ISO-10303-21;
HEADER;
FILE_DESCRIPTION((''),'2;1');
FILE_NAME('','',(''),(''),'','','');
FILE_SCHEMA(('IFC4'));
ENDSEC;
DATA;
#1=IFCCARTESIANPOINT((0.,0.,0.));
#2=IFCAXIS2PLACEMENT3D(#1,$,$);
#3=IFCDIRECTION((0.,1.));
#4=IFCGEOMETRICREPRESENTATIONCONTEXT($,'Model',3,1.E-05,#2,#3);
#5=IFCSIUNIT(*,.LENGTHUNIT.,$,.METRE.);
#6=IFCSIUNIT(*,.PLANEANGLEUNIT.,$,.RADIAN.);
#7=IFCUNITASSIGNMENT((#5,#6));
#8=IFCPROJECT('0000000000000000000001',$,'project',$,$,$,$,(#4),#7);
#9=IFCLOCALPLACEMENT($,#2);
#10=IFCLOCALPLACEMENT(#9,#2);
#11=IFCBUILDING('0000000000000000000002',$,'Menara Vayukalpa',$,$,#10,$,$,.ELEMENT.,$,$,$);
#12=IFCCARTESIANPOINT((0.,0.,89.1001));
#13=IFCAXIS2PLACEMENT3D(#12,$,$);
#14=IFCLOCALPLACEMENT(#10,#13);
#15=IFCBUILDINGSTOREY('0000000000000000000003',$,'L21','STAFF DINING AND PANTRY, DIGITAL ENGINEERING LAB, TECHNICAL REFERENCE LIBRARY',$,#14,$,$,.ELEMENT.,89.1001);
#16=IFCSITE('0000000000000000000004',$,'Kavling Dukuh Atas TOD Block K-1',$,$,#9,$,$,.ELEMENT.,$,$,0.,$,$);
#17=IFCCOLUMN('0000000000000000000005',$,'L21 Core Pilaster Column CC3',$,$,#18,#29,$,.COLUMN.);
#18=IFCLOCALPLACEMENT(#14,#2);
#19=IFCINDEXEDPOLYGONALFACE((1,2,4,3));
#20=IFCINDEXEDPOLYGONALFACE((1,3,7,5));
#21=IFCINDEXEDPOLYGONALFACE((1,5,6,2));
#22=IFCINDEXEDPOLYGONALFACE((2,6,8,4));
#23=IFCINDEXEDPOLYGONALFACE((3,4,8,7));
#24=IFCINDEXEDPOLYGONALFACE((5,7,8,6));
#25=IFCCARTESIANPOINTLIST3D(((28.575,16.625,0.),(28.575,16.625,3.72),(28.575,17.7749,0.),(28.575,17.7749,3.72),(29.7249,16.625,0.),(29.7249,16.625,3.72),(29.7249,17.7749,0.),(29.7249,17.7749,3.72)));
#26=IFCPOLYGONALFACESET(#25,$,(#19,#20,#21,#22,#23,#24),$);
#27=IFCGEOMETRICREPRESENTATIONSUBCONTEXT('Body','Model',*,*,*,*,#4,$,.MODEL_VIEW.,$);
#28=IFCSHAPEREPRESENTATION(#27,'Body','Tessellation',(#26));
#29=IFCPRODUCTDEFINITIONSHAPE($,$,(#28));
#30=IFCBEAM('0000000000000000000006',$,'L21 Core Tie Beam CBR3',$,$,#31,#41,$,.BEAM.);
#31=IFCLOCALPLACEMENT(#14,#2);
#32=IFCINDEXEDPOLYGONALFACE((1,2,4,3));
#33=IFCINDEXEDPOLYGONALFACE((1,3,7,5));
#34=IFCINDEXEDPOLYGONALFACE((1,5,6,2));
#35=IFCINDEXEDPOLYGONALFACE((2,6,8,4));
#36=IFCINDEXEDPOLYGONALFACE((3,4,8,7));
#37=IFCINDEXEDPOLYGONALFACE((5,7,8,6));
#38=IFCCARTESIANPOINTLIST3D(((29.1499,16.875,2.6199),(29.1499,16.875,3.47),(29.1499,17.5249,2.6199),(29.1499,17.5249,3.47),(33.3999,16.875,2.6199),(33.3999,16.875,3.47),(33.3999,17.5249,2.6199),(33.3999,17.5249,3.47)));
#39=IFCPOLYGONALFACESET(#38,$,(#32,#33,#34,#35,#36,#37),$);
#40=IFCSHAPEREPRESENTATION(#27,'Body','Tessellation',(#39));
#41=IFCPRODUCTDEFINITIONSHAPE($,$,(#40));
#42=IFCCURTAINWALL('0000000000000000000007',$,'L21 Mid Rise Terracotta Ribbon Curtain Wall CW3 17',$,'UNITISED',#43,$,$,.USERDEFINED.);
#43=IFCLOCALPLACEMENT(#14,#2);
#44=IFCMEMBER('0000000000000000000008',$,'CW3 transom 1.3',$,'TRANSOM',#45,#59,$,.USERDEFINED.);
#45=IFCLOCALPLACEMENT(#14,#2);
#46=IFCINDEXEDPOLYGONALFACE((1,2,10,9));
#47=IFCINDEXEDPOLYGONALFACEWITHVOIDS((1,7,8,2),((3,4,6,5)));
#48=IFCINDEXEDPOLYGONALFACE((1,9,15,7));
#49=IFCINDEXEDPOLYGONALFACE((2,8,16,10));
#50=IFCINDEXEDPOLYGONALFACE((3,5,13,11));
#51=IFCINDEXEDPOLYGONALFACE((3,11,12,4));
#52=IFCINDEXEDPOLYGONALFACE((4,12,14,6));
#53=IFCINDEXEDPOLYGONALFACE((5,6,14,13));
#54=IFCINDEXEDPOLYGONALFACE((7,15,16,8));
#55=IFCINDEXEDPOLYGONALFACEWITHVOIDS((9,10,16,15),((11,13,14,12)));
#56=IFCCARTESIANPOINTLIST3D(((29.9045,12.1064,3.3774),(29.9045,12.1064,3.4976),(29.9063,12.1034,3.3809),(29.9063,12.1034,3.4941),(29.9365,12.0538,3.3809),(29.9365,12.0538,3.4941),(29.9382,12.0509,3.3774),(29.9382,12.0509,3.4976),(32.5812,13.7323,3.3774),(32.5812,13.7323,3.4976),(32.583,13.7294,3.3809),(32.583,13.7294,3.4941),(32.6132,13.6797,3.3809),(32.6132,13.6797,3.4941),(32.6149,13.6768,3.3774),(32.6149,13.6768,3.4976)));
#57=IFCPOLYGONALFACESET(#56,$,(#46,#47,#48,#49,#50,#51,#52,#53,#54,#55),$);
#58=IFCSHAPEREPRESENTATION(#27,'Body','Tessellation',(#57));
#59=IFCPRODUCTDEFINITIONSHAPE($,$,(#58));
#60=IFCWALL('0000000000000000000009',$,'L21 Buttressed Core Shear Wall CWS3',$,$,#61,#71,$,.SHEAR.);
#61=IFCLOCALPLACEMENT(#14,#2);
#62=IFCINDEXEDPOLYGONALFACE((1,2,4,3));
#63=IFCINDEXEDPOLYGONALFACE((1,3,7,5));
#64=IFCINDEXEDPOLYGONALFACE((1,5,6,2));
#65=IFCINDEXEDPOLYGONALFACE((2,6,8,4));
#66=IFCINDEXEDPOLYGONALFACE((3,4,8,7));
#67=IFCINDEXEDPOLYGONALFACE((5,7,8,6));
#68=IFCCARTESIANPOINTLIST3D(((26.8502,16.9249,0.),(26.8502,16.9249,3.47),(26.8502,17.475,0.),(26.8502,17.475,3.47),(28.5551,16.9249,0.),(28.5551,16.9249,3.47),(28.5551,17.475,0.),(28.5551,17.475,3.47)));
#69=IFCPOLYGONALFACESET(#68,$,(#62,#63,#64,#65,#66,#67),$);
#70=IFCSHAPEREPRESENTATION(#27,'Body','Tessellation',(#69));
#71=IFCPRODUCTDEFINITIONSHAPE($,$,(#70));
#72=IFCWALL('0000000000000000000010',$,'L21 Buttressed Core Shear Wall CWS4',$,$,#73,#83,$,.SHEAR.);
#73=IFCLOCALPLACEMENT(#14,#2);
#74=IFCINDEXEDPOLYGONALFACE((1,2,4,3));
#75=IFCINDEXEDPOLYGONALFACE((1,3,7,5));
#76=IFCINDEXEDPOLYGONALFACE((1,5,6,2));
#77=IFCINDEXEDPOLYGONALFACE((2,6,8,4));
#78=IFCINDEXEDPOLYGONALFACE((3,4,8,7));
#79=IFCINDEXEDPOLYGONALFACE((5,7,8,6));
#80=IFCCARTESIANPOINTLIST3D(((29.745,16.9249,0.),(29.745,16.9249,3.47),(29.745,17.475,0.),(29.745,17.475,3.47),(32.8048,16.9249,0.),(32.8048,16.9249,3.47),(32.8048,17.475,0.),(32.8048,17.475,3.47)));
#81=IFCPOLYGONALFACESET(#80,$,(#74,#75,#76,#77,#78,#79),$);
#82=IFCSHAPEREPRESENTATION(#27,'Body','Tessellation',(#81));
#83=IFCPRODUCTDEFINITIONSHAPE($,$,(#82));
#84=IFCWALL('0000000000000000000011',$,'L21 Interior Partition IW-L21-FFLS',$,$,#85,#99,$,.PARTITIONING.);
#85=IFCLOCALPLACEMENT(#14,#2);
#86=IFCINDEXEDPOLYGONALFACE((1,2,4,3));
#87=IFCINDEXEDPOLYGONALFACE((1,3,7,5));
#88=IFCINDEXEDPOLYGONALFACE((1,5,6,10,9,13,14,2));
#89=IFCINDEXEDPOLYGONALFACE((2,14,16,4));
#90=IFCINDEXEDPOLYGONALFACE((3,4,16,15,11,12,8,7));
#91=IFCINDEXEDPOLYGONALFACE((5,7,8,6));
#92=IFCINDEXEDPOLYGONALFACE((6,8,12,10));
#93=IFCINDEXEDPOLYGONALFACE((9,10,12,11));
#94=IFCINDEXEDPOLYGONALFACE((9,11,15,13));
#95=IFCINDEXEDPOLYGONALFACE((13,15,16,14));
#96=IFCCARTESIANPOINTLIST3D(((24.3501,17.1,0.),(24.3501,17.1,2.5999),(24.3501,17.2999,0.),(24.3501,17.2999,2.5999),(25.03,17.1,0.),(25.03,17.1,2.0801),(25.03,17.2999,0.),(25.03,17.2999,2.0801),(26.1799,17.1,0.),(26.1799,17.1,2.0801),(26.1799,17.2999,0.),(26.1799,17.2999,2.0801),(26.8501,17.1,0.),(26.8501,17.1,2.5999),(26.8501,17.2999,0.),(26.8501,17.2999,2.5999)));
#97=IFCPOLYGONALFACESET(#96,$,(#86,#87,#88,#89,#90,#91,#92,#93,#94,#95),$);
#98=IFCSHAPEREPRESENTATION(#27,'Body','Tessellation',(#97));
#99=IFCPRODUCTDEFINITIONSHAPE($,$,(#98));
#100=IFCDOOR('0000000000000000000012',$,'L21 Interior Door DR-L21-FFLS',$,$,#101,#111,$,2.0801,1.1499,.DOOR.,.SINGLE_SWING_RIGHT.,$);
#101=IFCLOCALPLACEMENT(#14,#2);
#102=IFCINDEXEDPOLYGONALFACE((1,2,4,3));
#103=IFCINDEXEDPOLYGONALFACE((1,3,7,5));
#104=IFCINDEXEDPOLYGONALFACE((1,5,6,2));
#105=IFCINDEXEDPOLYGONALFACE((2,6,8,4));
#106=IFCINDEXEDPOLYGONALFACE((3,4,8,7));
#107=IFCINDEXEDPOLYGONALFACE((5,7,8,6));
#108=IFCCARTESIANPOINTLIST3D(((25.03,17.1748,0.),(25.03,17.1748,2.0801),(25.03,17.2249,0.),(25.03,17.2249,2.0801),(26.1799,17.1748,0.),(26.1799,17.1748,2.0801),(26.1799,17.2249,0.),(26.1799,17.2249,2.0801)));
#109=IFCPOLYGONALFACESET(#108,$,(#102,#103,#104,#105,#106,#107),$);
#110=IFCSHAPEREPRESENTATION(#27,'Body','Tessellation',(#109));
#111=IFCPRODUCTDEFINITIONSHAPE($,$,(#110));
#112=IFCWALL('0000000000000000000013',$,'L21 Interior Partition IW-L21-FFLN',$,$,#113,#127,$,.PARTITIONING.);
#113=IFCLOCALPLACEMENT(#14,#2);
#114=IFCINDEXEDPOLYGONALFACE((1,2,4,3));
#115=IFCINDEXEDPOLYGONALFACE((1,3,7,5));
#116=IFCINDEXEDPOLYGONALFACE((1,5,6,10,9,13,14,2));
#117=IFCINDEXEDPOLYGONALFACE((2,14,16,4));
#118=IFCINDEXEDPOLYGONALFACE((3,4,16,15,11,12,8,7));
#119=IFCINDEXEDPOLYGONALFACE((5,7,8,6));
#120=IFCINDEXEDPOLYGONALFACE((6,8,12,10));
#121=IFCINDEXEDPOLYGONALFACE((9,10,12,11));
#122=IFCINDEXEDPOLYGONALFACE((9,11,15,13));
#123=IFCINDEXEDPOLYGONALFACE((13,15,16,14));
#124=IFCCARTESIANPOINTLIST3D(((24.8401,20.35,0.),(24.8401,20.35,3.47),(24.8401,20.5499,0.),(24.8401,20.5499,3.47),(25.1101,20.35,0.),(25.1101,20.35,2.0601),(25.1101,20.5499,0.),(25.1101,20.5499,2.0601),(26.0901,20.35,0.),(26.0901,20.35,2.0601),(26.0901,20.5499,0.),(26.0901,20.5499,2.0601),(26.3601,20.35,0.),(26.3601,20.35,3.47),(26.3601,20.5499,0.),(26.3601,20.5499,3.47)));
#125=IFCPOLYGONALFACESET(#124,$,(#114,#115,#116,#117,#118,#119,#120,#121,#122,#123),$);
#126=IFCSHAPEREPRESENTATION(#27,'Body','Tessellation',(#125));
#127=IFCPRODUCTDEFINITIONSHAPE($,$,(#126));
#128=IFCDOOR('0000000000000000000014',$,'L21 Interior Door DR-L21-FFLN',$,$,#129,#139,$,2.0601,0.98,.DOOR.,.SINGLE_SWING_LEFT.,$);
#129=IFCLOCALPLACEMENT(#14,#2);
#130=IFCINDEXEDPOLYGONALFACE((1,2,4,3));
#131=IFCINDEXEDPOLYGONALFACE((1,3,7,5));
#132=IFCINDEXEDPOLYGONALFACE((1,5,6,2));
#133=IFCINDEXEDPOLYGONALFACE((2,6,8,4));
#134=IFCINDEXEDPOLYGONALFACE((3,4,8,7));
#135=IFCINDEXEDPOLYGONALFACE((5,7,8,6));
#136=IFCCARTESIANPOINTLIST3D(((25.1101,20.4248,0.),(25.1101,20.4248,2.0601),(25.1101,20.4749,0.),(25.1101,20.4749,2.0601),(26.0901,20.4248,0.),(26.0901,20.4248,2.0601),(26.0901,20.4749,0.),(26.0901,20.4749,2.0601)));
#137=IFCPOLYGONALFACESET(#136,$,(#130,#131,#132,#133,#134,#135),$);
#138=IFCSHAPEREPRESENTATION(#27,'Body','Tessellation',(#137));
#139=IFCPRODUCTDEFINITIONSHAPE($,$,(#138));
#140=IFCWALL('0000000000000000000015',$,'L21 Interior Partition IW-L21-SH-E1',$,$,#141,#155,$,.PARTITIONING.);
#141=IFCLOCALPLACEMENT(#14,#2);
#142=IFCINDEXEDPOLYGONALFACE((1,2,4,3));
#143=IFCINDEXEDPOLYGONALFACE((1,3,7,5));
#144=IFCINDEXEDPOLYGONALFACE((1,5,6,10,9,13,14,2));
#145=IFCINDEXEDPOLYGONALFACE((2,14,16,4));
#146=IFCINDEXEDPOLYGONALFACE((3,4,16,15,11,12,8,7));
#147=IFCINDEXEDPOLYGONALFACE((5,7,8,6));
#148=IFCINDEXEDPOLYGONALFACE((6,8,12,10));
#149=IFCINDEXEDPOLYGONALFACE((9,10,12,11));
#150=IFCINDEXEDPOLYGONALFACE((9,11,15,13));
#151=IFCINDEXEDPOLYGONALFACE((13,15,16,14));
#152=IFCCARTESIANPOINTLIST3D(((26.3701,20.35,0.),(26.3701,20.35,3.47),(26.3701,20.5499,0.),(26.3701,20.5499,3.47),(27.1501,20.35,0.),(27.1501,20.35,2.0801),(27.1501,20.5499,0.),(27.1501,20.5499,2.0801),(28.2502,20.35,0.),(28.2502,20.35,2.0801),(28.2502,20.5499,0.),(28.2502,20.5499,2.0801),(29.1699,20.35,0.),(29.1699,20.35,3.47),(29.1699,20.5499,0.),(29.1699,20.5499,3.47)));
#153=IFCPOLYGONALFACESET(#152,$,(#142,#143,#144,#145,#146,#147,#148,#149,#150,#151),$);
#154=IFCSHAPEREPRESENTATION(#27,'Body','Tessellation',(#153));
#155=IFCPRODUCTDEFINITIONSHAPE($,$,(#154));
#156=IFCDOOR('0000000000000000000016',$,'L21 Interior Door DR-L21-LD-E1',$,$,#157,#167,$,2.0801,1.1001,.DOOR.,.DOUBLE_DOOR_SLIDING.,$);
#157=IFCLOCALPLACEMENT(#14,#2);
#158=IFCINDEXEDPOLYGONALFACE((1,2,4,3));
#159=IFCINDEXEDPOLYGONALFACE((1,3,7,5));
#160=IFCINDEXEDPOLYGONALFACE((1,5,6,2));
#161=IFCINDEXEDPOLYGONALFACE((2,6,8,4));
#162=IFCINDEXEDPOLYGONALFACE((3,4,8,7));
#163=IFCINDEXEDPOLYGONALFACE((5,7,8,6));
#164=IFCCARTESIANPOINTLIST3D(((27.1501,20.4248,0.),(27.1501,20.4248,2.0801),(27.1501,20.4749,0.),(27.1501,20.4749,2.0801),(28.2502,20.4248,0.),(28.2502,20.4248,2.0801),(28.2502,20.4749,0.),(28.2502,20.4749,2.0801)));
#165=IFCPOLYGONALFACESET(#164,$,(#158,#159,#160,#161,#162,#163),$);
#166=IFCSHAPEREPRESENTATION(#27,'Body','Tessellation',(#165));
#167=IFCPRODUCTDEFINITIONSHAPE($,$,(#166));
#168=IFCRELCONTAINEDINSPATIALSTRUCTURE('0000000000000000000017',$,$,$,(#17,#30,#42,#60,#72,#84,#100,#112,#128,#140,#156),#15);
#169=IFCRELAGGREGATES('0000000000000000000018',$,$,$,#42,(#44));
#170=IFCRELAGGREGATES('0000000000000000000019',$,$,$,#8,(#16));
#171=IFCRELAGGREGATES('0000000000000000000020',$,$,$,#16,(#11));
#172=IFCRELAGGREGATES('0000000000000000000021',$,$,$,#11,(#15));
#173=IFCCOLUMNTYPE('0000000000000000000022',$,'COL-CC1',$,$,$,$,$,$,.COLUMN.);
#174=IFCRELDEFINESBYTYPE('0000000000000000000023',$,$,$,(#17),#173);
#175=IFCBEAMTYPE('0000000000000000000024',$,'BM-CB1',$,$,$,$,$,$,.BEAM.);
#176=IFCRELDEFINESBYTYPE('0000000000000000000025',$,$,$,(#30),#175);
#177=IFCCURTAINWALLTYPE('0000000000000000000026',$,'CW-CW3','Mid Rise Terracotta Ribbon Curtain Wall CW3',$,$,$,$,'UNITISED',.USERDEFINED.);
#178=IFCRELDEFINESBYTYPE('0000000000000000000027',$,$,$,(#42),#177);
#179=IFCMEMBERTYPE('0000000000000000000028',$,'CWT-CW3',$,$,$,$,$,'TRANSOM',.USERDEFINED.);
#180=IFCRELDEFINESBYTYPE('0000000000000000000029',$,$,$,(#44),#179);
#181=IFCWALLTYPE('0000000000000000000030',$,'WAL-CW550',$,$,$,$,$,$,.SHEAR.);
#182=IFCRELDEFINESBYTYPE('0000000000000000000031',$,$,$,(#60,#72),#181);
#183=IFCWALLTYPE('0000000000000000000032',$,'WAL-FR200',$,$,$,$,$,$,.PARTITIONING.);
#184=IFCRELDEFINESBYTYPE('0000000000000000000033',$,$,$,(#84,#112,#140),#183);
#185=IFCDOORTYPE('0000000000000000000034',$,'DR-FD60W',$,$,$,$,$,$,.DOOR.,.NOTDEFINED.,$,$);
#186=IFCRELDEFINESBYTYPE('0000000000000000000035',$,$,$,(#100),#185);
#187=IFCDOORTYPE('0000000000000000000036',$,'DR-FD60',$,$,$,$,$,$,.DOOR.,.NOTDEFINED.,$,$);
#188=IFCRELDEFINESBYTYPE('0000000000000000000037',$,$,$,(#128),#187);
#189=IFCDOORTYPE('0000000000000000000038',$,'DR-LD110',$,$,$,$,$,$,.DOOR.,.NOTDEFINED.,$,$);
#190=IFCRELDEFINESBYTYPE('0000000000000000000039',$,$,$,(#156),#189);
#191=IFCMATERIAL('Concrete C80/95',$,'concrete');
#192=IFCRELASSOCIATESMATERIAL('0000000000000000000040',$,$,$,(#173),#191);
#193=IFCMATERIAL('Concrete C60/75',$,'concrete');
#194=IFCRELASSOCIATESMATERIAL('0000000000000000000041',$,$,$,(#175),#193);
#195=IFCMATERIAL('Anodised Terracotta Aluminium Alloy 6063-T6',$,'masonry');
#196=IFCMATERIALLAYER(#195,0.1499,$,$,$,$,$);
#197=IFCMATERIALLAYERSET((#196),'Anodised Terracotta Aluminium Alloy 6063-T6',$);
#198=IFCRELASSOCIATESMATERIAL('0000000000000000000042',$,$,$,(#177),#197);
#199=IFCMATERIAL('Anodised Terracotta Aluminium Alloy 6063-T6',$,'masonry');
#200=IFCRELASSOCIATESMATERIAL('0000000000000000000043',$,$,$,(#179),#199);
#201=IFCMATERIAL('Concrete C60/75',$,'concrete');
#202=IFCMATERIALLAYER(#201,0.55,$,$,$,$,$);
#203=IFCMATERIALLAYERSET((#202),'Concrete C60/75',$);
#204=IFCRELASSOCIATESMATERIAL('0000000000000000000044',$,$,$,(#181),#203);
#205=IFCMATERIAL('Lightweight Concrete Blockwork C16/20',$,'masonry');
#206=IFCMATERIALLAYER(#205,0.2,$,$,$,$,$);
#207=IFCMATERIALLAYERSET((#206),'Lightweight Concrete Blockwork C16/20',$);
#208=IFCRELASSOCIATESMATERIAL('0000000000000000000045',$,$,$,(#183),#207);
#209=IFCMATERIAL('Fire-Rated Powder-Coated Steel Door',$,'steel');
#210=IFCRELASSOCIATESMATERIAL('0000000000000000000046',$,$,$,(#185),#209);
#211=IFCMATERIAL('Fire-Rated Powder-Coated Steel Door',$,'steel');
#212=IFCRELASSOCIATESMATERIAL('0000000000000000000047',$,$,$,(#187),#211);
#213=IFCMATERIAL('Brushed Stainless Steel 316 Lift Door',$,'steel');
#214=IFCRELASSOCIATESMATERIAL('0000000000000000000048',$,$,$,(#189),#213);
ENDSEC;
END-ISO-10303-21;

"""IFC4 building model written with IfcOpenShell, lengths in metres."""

from ifc_helpers import new_model, si_unit, direction, frame, frame_2d, origin, origin_2d, place, context, subcontext, project, spatial, rectangle, hollow_rectangle, extrude, material, layer, layer_set, material_profile, profile_set, type_object, element, fill, aggregate, save


model = new_model("IFC4")

# Units and contexts
model_context = context("Model", 3, precision=1e-05, world=origin(), true_north=direction((0.0, 1.0)))
body_context = subcontext(model_context, "Body", "Model", "MODEL_VIEW")
ifc_project = project(units=[si_unit("LENGTHUNIT", "METRE"), si_unit("PLANEANGLEUNIT", "RADIAN")], contexts=[model_context])

# Site, building, storey
site_placement = place(None, origin())
site = spatial("IfcSite", under=ifc_project, at=site_placement, Name="Kavling Dukuh Atas TOD Block K-1", CompositionType="ELEMENT", RefElevation=0.0)
building_placement = place(site_placement, origin())
building = spatial("IfcBuilding", under=site, at=building_placement, Name="Menara Vayukalpa", CompositionType="ELEMENT")
storey_placement = place(building_placement, frame((0.0, 0.0, 89.1001)))
storey = spatial("IfcBuildingStorey", under=building, at=storey_placement, Name="L21", Description="STAFF DINING AND PANTRY, DIGITAL ENGINEERING LAB, TECHNICAL REFERENCE LIBRARY", CompositionType="ELEMENT", Elevation=89.1001)

# Column
ifc_material_1 = material(Name="Concrete C80/95", Category="concrete")
ifc_material_profile_1 = material_profile(ifc_material_1, rectangle(XDim=1.1499, YDim=1.1499, at=origin_2d()), Name="RC 1150x1150")
ifc_profile_set_1 = profile_set([ifc_material_profile_1], Name="Concrete C80/95")
column_type = type_object("IfcColumnType", Name="COL-CC1", PredefinedType="COLUMN", material=ifc_profile_set_1)
column_placement = place(storey_placement, frame((29.1499, 17.2, 0.0), z_axis=(0.0, 0.0, 1.0), x_axis=(1.0, 0.0, 0.0)))
element("IfcColumn", 1, at=column_placement, inside=storey, type_object=column_type, Name="L21 Core Pilaster Column CC3", PredefinedType="COLUMN", context=body_context, shape_type="SweptSolid", body=[
    extrude(rectangle(XDim=1.1499, YDim=1.1499, at=origin_2d()), origin(), (0.0, 0.0, 1.0), 3.72),
])

# Beam
ifc_material_2 = material(Name="Concrete C60/75", Category="concrete")
ifc_material_profile_2 = material_profile(ifc_material_2, rectangle(XDim=0.6499, YDim=0.8501, at=origin_2d()), Name="RC 650x850")
ifc_profile_set_2 = profile_set([ifc_material_profile_2], Name="Concrete C60/75")
beam_type = type_object("IfcBeamType", Name="BM-CB1", PredefinedType="BEAM", material=ifc_profile_set_2)
beam_placement = place(storey_placement, frame((29.1499, 17.2, 3.0449), z_axis=(1.0, 0.0, 0.0), x_axis=(0.0, 1.0, 0.0)))
element("IfcBeam", 2, at=beam_placement, inside=storey, type_object=beam_type, Name="L21 Core Tie Beam CBR3", PredefinedType="BEAM", context=body_context, shape_type="SweptSolid", body=[
    extrude(rectangle(XDim=0.6499, YDim=0.8501, at=origin_2d()), origin(), (0.0, 0.0, 1.0), 4.25),
])

# Curtain wall, member
ifc_material_3 = material(Name="Anodised Terracotta Aluminium Alloy 6063-T6", Category="masonry")
ifc_layer_1 = layer(ifc_material_3, 0.1499)
ifc_layer_set_1 = layer_set([ifc_layer_1], Name="Anodised Terracotta Aluminium Alloy 6063-T6")
curtain_wall_type = type_object("IfcCurtainWallType", Name="CW-CW3", Description="Mid Rise Terracotta Ribbon Curtain Wall CW3", ElementType="UNITISED", PredefinedType="USERDEFINED", material=ifc_layer_set_1)
curtain_wall_placement = place(storey_placement, origin())
curtain_wall = element("IfcCurtainWall", 3, at=curtain_wall_placement, inside=storey, type_object=curtain_wall_type, Name="L21 Mid Rise Terracotta Ribbon Curtain Wall CW3 17", ObjectType="UNITISED", PredefinedType="USERDEFINED")
ifc_material_4 = material(Name="Anodised Terracotta Aluminium Alloy 6063-T6", Category="masonry")
ifc_material_profile_3 = material_profile(ifc_material_4, hollow_rectangle(XDim=0.0649, YDim=0.1201, WallThickness=0.0034, at=origin_2d()), Name="ALU 65x120x3.5")
ifc_profile_set_3 = profile_set([ifc_material_profile_3], Name="Anodised Terracotta Aluminium Alloy 6063-T6")
member_type = type_object("IfcMemberType", Name="CWT-CW3", ElementType="TRANSOM", PredefinedType="USERDEFINED", material=ifc_profile_set_3)
member_placement = place(storey_placement, frame((29.9214, 12.0786, 3.4375), z_axis=(0.854674, 0.519165, 0.0), x_axis=(-0.519165, 0.854674, 0.0)))
member = element("IfcMember", 4, at=member_placement, type_object=member_type, Name="CW3 transom 1.3", ObjectType="TRANSOM", PredefinedType="USERDEFINED", context=body_context, shape_type="SweptSolid", body=[
    extrude(hollow_rectangle(XDim=0.0649, YDim=0.1201, WallThickness=0.0034, at=origin_2d()), origin(), (0.0, 0.0, 1.0), 3.1318),
])
aggregate(curtain_wall, [member])

# Walls
ifc_material_5 = material(Name="Concrete C60/75", Category="concrete")
ifc_layer_2 = layer(ifc_material_5, 0.55)
ifc_layer_set_2 = layer_set([ifc_layer_2], Name="Concrete C60/75")
wall_type_1 = type_object("IfcWallType", Name="WAL-CW550", PredefinedType="SHEAR", material=ifc_layer_set_2)
wall_1_placement = place(storey_placement, frame((26.8501, 17.2, 0.0), z_axis=(0.0, 0.0, 1.0), x_axis=(1.0, 0.0, 0.0)))
element("IfcWall", 5, at=wall_1_placement, inside=storey, type_object=wall_type_1, Name="L21 Buttressed Core Shear Wall CWS3", PredefinedType="SHEAR", context=body_context, shape_type="SweptSolid", body=[
    extrude(rectangle(XDim=1.7048, YDim=0.55, at=frame_2d((0.8525, 0.0))), origin(), (0.0, 0.0, 1.0), 3.47),
])
wall_2_placement = place(storey_placement, frame((29.7451, 17.2, 0.0), z_axis=(0.0, 0.0, 1.0), x_axis=(1.0, 0.0, 0.0)))
element("IfcWall", 6, at=wall_2_placement, inside=storey, type_object=wall_type_1, Name="L21 Buttressed Core Shear Wall CWS4", PredefinedType="SHEAR", context=body_context, shape_type="SweptSolid", body=[
    extrude(rectangle(XDim=3.0598, YDim=0.55, at=frame_2d((1.5298, 0.0))), origin(), (0.0, 0.0, 1.0), 3.47),
])

# Walls, openings, doors
ifc_material_6 = material(Name="Lightweight Concrete Blockwork C16/20", Category="masonry")
ifc_layer_3 = layer(ifc_material_6, 0.2)
ifc_layer_set_3 = layer_set([ifc_layer_3], Name="Lightweight Concrete Blockwork C16/20")
wall_type_2 = type_object("IfcWallType", Name="WAL-FR200", PredefinedType="PARTITIONING", material=ifc_layer_set_3)
wall_3_placement = place(storey_placement, frame((24.3501, 17.2, 0.0), z_axis=(0.0, 0.0, 1.0), x_axis=(1.0, 0.0, 0.0)))
wall_3 = element("IfcWall", 7, at=wall_3_placement, inside=storey, type_object=wall_type_2, Name="L21 Interior Partition IW-L21-FFLS", PredefinedType="PARTITIONING", context=body_context, shape_type="SweptSolid", body=[
    extrude(rectangle(XDim=2.5, YDim=0.2, at=frame_2d((1.25, 0.0))), origin(), (0.0, 0.0, 1.0), 2.5999),
])
opening_1_placement = place(wall_3_placement, frame((0.6799, 0.0, 0.0)))
opening_1 = element("IfcOpeningElement", 8, at=opening_1_placement, cuts=wall_3, PredefinedType="OPENING", context=body_context, shape_type="SweptSolid", body=[
    extrude(rectangle(XDim=1.1499, YDim=2.0801, at=frame_2d((0.575, 1.04))), frame((0.0, 0.1099, 0.0), z_axis=(0.0, -1.0, 0.0), x_axis=(1.0, 0.0, 0.0)), (0.0, 0.0, 1.0), 0.22),
])
ifc_material_7 = material(Name="Fire-Rated Powder-Coated Steel Door", Category="steel")
door_type_1 = type_object("IfcDoorType", Name="DR-FD60W", OperationType="NOTDEFINED", PredefinedType="DOOR", material=ifc_material_7)
door_1_placement = place(opening_1_placement, origin())
door_1 = element("IfcDoor", 9, at=door_1_placement, inside=storey, type_object=door_type_1, Name="L21 Interior Door DR-L21-FFLS", OperationType="SINGLE_SWING_RIGHT", OverallHeight=2.0801, OverallWidth=1.1499, PredefinedType="DOOR", context=body_context, shape_type="SweptSolid", body=[
    extrude(rectangle(XDim=1.1499, YDim=2.0801, at=frame_2d((0.575, 1.04))), frame((0.0, 0.0249, 0.0), z_axis=(0.0, -1.0, 0.0), x_axis=(1.0, 0.0, 0.0)), (0.0, 0.0, 1.0), 0.05),
])
fill(opening_1, door_1)
wall_4_placement = place(storey_placement, frame((24.8401, 20.45, 0.0), z_axis=(0.0, 0.0, 1.0), x_axis=(1.0, 0.0, 0.0)))
wall_4 = element("IfcWall", 10, at=wall_4_placement, inside=storey, type_object=wall_type_2, Name="L21 Interior Partition IW-L21-FFLN", PredefinedType="PARTITIONING", context=body_context, shape_type="SweptSolid", body=[
    extrude(rectangle(XDim=1.52, YDim=0.2, at=frame_2d((0.76, 0.0))), origin(), (0.0, 0.0, 1.0), 3.47),
])
opening_2_placement = place(wall_4_placement, frame((0.27, 0.0, 0.0)))
opening_2 = element("IfcOpeningElement", 11, at=opening_2_placement, cuts=wall_4, PredefinedType="OPENING", context=body_context, shape_type="SweptSolid", body=[
    extrude(rectangle(XDim=0.98, YDim=2.0601, at=frame_2d((0.49, 1.03))), frame((0.0, 0.1099, 0.0), z_axis=(0.0, -1.0, 0.0), x_axis=(1.0, 0.0, 0.0)), (0.0, 0.0, 1.0), 0.22),
])
ifc_material_8 = material(Name="Fire-Rated Powder-Coated Steel Door", Category="steel")
door_type_2 = type_object("IfcDoorType", Name="DR-FD60", OperationType="NOTDEFINED", PredefinedType="DOOR", material=ifc_material_8)
door_2_placement = place(opening_2_placement, origin())
door_2 = element("IfcDoor", 12, at=door_2_placement, inside=storey, type_object=door_type_2, Name="L21 Interior Door DR-L21-FFLN", OperationType="SINGLE_SWING_LEFT", OverallHeight=2.0601, OverallWidth=0.98, PredefinedType="DOOR", context=body_context, shape_type="SweptSolid", body=[
    extrude(rectangle(XDim=0.98, YDim=2.0601, at=frame_2d((0.49, 1.03))), frame((0.0, 0.0249, 0.0), z_axis=(0.0, -1.0, 0.0), x_axis=(1.0, 0.0, 0.0)), (0.0, 0.0, 1.0), 0.05),
])
fill(opening_2, door_2)
wall_5_placement = place(storey_placement, frame((26.3701, 20.45, 0.0), z_axis=(0.0, 0.0, 1.0), x_axis=(1.0, 0.0, 0.0)))
wall_5 = element("IfcWall", 13, at=wall_5_placement, inside=storey, type_object=wall_type_2, Name="L21 Interior Partition IW-L21-SH-E1", PredefinedType="PARTITIONING", context=body_context, shape_type="SweptSolid", body=[
    extrude(rectangle(XDim=2.7998, YDim=0.2, at=frame_2d((1.3999, 0.0))), origin(), (0.0, 0.0, 1.0), 3.47),
])
opening_3_placement = place(wall_5_placement, frame((0.78, 0.0, 0.0)))
opening_3 = element("IfcOpeningElement", 14, at=opening_3_placement, cuts=wall_5, PredefinedType="OPENING", context=body_context, shape_type="SweptSolid", body=[
    extrude(rectangle(XDim=1.1001, YDim=2.0801, at=frame_2d((0.55, 1.04))), frame((0.0, 0.1099, 0.0), z_axis=(0.0, -1.0, 0.0), x_axis=(1.0, 0.0, 0.0)), (0.0, 0.0, 1.0), 0.22),
])
ifc_material_9 = material(Name="Brushed Stainless Steel 316 Lift Door", Category="steel")
door_type_3 = type_object("IfcDoorType", Name="DR-LD110", OperationType="NOTDEFINED", PredefinedType="DOOR", material=ifc_material_9)
door_3_placement = place(opening_3_placement, origin())
door_3 = element("IfcDoor", 15, at=door_3_placement, inside=storey, type_object=door_type_3, Name="L21 Interior Door DR-L21-LD-E1", OperationType="DOUBLE_DOOR_SLIDING", OverallHeight=2.0801, OverallWidth=1.1001, PredefinedType="DOOR", context=body_context, shape_type="SweptSolid", body=[
    extrude(rectangle(XDim=1.1001, YDim=2.0801, at=frame_2d((0.55, 1.04))), frame((0.0, 0.0249, 0.0), z_axis=(0.0, -1.0, 0.0), x_axis=(1.0, 0.0, 0.0)), (0.0, 0.0, 1.0), 0.05),
])
fill(opening_3, door_3)

save(model, "model.ifc")
